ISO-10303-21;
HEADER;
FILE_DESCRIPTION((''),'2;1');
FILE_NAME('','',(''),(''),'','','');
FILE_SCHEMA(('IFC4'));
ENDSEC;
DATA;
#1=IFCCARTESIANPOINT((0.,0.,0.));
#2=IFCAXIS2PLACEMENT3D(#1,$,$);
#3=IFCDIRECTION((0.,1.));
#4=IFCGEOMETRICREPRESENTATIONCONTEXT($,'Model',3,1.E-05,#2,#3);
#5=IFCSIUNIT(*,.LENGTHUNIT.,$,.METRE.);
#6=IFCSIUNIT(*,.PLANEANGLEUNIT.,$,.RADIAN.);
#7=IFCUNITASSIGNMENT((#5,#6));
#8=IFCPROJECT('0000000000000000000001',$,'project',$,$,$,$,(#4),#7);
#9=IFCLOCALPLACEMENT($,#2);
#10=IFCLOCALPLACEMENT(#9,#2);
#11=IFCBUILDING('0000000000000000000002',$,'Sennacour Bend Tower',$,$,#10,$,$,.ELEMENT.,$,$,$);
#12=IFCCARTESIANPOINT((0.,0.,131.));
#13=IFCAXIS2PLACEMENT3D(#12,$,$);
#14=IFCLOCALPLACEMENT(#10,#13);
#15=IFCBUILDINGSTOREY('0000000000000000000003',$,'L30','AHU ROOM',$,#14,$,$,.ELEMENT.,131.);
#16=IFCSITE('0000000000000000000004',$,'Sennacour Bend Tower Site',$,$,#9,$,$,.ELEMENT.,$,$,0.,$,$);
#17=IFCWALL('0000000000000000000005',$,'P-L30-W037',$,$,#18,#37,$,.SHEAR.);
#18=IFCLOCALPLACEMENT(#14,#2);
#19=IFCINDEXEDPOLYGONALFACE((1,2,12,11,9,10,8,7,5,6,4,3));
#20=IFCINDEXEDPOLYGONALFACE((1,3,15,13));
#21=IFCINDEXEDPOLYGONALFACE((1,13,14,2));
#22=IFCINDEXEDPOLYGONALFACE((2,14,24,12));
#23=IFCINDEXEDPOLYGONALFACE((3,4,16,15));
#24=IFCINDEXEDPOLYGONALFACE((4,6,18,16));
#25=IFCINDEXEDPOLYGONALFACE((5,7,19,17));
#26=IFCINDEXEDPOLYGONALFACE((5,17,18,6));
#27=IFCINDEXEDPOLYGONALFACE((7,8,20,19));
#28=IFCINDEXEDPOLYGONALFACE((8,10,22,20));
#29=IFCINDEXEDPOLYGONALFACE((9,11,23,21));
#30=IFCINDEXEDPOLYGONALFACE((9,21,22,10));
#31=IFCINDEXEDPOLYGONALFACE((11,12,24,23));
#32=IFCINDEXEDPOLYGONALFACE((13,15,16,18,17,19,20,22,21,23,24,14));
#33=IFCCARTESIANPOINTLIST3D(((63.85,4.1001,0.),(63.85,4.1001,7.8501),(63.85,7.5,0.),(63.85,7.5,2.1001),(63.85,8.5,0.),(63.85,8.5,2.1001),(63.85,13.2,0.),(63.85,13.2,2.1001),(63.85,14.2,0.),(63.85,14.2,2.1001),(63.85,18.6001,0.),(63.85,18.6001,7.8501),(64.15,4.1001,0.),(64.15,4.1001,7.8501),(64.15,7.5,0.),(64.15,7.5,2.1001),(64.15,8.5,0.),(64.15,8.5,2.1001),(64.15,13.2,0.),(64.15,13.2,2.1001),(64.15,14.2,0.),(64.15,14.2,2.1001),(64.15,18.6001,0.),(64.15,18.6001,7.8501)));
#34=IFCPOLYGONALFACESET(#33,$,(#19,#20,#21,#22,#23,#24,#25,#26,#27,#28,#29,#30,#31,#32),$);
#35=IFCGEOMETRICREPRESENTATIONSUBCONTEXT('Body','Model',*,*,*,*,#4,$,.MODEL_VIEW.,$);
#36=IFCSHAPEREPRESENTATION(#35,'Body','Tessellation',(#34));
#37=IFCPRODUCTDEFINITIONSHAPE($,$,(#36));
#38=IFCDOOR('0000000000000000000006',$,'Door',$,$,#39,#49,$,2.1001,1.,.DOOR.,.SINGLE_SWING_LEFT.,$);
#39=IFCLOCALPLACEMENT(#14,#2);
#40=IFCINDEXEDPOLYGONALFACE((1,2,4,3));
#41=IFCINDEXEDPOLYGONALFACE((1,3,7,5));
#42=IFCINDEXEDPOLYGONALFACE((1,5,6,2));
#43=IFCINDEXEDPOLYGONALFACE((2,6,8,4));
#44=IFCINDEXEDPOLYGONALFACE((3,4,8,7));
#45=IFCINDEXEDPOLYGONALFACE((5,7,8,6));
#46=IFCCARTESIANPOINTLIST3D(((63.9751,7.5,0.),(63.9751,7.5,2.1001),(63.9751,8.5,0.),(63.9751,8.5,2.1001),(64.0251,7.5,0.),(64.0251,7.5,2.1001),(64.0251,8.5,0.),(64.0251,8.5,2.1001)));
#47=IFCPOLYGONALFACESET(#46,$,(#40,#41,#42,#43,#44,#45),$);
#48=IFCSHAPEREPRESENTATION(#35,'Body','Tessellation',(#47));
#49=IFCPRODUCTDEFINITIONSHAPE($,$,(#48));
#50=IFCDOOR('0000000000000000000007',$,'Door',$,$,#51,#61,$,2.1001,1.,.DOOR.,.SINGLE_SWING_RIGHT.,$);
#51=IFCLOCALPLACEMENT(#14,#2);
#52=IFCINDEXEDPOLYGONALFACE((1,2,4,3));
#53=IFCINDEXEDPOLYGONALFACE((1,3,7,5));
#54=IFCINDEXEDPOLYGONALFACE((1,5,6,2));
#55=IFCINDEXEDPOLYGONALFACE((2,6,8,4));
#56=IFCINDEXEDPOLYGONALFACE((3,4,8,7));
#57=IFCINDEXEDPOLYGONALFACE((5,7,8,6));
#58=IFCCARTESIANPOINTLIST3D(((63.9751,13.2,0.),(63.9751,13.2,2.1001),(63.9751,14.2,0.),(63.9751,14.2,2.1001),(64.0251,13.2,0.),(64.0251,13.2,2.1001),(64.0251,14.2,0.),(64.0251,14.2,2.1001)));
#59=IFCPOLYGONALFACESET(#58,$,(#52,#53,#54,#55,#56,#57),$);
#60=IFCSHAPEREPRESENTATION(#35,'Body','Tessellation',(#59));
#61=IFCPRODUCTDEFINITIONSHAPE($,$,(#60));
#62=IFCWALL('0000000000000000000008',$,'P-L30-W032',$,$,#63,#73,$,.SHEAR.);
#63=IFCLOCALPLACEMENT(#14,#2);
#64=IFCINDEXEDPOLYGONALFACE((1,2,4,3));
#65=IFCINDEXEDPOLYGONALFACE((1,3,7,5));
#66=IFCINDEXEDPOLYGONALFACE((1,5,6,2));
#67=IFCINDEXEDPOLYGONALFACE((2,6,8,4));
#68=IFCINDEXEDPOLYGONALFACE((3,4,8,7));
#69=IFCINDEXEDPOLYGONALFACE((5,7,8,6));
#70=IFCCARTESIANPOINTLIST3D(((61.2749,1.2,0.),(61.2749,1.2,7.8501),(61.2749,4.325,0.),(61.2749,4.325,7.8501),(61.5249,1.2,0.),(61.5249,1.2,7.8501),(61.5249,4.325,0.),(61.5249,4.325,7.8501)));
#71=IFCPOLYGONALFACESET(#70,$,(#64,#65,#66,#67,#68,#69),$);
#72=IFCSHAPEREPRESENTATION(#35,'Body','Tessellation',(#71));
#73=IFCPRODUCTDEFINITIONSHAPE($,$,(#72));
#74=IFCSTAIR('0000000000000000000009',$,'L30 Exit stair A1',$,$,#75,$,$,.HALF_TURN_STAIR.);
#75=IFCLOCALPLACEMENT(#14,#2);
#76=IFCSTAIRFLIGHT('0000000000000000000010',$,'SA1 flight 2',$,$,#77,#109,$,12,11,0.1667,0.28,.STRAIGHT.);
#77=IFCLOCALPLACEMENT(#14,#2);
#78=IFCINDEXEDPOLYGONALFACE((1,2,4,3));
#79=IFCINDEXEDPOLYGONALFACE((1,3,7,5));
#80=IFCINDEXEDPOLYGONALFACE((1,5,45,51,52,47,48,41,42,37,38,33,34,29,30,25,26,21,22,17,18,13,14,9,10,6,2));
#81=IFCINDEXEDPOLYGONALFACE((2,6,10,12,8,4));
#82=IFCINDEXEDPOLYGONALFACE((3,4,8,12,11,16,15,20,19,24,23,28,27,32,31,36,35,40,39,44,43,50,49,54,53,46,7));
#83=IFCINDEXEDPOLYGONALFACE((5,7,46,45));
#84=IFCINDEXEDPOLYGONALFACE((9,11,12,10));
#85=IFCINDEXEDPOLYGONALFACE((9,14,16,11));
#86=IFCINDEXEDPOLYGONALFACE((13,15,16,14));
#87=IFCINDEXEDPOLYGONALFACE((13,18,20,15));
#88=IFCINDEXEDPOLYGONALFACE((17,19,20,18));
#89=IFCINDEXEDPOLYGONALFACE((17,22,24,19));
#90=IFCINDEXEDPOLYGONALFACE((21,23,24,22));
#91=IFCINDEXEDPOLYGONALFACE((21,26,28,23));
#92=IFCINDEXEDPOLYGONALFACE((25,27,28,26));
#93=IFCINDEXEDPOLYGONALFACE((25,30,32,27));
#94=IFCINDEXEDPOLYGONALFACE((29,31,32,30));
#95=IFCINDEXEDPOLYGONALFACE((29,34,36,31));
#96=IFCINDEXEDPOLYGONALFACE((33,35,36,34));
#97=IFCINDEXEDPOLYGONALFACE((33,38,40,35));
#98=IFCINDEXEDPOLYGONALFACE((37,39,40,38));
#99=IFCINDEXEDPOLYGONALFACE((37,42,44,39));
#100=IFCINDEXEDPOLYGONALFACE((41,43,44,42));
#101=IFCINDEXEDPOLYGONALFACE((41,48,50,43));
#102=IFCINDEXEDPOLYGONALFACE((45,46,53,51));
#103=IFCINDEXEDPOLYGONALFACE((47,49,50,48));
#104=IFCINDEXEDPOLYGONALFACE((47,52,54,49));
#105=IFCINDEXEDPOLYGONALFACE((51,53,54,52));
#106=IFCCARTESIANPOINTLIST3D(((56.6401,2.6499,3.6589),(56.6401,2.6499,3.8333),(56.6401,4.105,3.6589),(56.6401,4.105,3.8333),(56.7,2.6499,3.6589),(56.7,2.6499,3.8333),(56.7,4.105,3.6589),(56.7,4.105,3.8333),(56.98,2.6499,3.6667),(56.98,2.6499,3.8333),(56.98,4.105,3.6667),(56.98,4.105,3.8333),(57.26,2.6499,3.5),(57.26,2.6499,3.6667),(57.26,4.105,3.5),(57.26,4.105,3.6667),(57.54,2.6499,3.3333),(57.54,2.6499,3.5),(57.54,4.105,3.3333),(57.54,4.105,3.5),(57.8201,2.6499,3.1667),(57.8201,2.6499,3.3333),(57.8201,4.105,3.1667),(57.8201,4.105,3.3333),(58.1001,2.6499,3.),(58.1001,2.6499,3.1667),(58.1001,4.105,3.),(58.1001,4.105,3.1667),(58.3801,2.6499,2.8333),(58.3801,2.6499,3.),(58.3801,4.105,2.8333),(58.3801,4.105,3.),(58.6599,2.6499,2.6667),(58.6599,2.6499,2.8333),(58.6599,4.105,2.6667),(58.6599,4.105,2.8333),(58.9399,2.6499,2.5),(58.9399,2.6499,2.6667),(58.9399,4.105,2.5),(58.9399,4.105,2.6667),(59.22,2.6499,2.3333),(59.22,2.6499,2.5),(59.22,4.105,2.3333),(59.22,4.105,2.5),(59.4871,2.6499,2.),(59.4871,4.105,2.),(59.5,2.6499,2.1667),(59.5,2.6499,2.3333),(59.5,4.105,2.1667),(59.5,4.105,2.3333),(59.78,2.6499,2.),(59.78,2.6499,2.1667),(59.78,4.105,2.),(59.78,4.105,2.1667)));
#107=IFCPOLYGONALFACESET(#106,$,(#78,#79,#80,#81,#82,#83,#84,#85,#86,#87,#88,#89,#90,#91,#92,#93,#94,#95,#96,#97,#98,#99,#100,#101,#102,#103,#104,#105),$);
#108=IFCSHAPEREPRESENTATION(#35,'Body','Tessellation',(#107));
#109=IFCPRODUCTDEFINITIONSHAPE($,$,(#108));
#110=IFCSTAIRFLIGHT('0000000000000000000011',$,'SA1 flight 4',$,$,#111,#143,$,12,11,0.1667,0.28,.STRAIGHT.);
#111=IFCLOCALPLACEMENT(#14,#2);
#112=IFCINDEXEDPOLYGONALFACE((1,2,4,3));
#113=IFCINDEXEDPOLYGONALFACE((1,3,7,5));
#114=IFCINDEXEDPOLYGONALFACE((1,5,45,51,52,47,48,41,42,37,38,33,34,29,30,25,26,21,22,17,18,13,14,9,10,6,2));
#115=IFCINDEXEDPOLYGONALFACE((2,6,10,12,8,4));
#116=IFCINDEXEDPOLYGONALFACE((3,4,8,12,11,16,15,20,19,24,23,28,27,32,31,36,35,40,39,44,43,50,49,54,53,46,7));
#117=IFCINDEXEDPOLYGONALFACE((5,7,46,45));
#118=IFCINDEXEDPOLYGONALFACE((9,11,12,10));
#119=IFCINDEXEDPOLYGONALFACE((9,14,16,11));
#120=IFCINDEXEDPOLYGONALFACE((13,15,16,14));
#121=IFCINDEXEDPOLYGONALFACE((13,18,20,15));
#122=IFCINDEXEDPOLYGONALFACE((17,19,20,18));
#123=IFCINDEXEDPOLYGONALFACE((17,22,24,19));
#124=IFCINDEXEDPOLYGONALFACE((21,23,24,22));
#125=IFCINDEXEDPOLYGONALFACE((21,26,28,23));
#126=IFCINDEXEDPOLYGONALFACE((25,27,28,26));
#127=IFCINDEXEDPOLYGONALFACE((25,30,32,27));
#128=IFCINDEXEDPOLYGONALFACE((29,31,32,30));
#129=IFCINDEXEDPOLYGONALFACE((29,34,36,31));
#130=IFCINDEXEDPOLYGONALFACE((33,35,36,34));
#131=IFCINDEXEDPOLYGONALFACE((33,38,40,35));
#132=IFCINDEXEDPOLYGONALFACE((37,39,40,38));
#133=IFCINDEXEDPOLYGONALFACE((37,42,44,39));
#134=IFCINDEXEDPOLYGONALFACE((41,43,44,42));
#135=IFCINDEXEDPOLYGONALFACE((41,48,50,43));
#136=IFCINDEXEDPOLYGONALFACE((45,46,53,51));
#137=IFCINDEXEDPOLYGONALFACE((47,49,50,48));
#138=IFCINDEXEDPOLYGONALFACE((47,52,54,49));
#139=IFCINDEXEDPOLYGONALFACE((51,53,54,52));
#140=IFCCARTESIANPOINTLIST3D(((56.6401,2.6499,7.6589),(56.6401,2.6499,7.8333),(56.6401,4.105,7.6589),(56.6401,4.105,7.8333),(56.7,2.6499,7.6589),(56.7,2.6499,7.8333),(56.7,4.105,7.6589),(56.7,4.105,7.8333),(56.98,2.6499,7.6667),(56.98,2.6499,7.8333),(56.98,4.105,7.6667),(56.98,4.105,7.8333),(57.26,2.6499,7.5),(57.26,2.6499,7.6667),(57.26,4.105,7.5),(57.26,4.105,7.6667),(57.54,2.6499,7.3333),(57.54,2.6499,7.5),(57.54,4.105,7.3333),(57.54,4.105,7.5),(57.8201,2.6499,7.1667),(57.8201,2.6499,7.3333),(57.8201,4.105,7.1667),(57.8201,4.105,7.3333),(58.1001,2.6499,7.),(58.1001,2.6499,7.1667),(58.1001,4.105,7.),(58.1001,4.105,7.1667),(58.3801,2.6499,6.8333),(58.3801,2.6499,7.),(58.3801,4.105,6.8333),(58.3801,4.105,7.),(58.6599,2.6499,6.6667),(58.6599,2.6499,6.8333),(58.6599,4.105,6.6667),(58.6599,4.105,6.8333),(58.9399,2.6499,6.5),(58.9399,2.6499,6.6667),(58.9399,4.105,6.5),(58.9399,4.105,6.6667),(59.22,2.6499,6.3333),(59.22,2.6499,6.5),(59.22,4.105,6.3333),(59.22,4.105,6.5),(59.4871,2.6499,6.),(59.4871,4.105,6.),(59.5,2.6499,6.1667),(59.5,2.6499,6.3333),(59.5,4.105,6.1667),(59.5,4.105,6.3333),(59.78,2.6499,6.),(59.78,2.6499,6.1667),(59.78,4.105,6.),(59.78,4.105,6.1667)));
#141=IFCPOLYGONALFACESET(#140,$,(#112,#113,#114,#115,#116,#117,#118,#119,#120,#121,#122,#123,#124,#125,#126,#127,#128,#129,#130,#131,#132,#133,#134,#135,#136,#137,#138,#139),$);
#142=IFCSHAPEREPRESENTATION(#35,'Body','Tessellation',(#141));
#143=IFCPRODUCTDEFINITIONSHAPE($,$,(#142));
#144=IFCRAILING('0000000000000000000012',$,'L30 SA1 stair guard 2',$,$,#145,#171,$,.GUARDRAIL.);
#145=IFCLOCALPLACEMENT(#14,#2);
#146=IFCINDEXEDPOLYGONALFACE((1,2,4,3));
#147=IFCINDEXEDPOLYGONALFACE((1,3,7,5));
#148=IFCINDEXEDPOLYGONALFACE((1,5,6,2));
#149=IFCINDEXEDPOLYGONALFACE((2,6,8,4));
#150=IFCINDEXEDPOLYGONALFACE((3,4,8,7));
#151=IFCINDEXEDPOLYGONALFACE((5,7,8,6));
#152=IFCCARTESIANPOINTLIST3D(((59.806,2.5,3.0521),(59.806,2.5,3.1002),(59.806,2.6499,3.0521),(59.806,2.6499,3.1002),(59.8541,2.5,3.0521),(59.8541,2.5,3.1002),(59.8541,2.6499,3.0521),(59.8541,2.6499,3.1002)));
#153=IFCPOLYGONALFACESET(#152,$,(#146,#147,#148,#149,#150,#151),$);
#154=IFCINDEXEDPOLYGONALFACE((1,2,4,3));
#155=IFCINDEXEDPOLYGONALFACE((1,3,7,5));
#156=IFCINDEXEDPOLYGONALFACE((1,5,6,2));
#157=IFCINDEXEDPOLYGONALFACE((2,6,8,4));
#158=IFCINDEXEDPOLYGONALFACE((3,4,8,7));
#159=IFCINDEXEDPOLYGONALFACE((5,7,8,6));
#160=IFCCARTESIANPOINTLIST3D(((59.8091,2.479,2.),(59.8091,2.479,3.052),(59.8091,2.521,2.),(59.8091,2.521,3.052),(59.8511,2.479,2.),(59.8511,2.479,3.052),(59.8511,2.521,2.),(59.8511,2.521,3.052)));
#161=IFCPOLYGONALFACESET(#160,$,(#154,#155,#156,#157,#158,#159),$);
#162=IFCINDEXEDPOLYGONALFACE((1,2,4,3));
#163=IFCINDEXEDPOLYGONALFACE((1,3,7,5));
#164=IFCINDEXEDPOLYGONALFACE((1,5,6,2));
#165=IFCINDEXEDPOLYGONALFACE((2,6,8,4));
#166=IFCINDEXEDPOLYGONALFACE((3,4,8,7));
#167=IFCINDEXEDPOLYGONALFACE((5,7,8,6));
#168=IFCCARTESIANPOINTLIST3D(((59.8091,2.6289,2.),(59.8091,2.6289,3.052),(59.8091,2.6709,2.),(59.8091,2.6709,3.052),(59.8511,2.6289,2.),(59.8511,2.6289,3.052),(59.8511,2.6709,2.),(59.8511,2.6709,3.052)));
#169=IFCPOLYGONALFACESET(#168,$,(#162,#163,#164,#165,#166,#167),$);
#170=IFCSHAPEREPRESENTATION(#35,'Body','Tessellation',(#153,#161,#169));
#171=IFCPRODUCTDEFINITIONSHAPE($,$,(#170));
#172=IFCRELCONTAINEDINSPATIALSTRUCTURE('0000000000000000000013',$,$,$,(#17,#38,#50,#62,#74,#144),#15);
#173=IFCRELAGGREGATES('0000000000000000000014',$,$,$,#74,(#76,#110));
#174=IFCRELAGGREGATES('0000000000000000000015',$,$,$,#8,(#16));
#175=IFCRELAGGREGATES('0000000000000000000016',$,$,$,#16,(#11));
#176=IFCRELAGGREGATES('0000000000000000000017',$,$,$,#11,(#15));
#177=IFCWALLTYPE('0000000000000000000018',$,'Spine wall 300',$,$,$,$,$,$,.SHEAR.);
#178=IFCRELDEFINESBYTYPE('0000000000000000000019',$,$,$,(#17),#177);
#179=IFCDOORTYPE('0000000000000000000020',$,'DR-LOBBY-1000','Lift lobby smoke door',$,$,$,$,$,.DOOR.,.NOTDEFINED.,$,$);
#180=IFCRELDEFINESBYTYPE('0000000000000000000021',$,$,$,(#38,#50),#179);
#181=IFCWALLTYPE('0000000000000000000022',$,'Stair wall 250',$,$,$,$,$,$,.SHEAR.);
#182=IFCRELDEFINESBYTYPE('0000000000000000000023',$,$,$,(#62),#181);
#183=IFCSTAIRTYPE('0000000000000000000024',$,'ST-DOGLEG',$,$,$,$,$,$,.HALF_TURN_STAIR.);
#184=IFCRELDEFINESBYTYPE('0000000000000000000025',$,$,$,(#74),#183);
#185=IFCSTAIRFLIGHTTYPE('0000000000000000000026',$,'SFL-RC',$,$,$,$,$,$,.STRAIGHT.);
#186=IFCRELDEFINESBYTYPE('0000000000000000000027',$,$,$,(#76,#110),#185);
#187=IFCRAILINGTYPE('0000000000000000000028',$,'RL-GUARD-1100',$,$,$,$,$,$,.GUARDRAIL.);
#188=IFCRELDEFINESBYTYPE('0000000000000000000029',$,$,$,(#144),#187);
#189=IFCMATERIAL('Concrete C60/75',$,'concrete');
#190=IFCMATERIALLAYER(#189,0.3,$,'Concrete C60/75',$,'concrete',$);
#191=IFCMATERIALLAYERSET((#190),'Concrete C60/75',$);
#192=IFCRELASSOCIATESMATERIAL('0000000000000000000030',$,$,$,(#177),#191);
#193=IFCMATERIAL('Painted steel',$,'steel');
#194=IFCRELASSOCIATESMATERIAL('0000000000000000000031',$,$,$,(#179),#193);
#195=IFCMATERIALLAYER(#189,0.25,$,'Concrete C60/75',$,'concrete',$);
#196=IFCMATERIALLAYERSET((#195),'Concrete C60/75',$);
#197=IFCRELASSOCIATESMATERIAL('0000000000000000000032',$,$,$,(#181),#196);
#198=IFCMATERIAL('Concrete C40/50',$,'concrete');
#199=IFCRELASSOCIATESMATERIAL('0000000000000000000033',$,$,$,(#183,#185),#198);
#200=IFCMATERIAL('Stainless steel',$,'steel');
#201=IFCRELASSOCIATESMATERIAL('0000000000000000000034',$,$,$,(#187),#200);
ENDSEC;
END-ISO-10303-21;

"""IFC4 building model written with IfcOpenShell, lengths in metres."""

from ifc_helpers import new_model, si_unit, direction, frame, frame_2d, origin, origin_2d, place, context, subcontext, project, spatial, polyline, rectangle, outline, extrude, material, layer, layer_set, type_object, element, fill, aggregate, save


model = new_model("IFC4")

# Units and contexts
model_context = context("Model", 3, precision=1e-05, world=origin(), true_north=direction((0.0, 1.0)))
body_context = subcontext(model_context, "Body", "Model", "MODEL_VIEW")
ifc_project = project(units=[si_unit("LENGTHUNIT", "METRE"), si_unit("PLANEANGLEUNIT", "RADIAN")], contexts=[model_context])

# Site, building, storey
site_placement = place(None, origin())
site = spatial("IfcSite", under=ifc_project, at=site_placement, Name="Sennacour Bend Tower Site", CompositionType="ELEMENT", RefElevation=0.0)
building_placement = place(site_placement, origin())
building = spatial("IfcBuilding", under=site, at=building_placement, Name="Sennacour Bend Tower", CompositionType="ELEMENT")
storey_placement = place(building_placement, frame((0.0, 0.0, 131.0)))
storey = spatial("IfcBuildingStorey", under=building, at=storey_placement, Name="L30", Description="AHU ROOM", CompositionType="ELEMENT", Elevation=131.0)

# Shared definitions
ifc_material_1 = material(Name="Painted steel", Category="steel")

# Shared definitions
ifc_material_2 = material(Name="Stainless steel", Category="steel")

# Wall, openings, doors
ifc_material_3 = material(Name="Concrete C60/75", Category="concrete")
ifc_layer_1 = layer(ifc_material_3, 0.3, Name="Concrete C60/75", Category="concrete")
ifc_layer_set_1 = layer_set([ifc_layer_1], Name="Concrete C60/75")
wall_type_1 = type_object("IfcWallType", Name="Spine wall 300", PredefinedType="SHEAR", material=ifc_layer_set_1)
wall_1_placement = place(storey_placement, frame((64.0, 4.1001, 0.0), z_axis=(0.0, 0.0, 1.0), x_axis=(0.0, 1.0, 0.0)))
wall_1 = element("IfcWall", 1, at=wall_1_placement, inside=storey, type_object=wall_type_1, Name="P-L30-W037", PredefinedType="SHEAR", context=body_context, shape_type="SweptSolid", body=[
    extrude(rectangle(XDim=14.5, YDim=0.3, at=frame_2d((7.25, 0.0))), origin(), (0.0, 0.0, 1.0), 7.8501),
])
opening_1_placement = place(wall_1_placement, frame((3.3999, 0.0, 0.0)))
opening_1 = element("IfcOpeningElement", 2, at=opening_1_placement, cuts=wall_1, PredefinedType="OPENING", context=body_context, shape_type="SweptSolid", body=[
    extrude(rectangle(XDim=1.0, YDim=2.1001, at=frame_2d((0.5, 1.05))), frame((0.0, 0.1602, 0.0), z_axis=(0.0, -1.0, 0.0), x_axis=(1.0, 0.0, 0.0)), (0.0, 0.0, 1.0), 0.3201),
])
opening_2_placement = place(wall_1_placement, frame((9.0999, 0.0, 0.0)))
opening_2 = element("IfcOpeningElement", 3, at=opening_2_placement, cuts=wall_1, PredefinedType="OPENING", context=body_context, shape_type="SweptSolid", body=[
    extrude(rectangle(XDim=1.0, YDim=2.1001, at=frame_2d((0.5, 1.05))), frame((0.0, 0.1602, 0.0), z_axis=(0.0, -1.0, 0.0), x_axis=(1.0, 0.0, 0.0)), (0.0, 0.0, 1.0), 0.3201),
])
door_type_1 = type_object("IfcDoorType", Name="DR-LOBBY-1000", Description="Lift lobby smoke door", OperationType="NOTDEFINED", PredefinedType="DOOR", material=ifc_material_1)
door_1_placement = place(opening_1_placement, origin())
door_1 = element("IfcDoor", 4, at=door_1_placement, inside=storey, type_object=door_type_1, Name="Door", OperationType="SINGLE_SWING_LEFT", OverallHeight=2.1001, OverallWidth=1.0, PredefinedType="DOOR", context=body_context, shape_type="SweptSolid", body=[
    extrude(rectangle(XDim=1.0, YDim=2.1001, at=frame_2d((0.5, 1.05))), frame((0.0, 0.0249, 0.0), z_axis=(0.0, -1.0, 0.0), x_axis=(1.0, 0.0, 0.0)), (0.0, 0.0, 1.0), 0.05),
])
fill(opening_1, door_1)
door_2_placement = place(opening_2_placement, origin())
door_2 = element("IfcDoor", 5, at=door_2_placement, inside=storey, type_object=door_type_1, Name="Door", OperationType="SINGLE_SWING_RIGHT", OverallHeight=2.1001, OverallWidth=1.0, PredefinedType="DOOR", context=body_context, shape_type="SweptSolid", body=[
    extrude(rectangle(XDim=1.0, YDim=2.1001, at=frame_2d((0.5, 1.05))), frame((0.0, 0.0249, 0.0), z_axis=(0.0, -1.0, 0.0), x_axis=(1.0, 0.0, 0.0)), (0.0, 0.0, 1.0), 0.05),
])
fill(opening_2, door_2)

# Wall
ifc_layer_2 = layer(ifc_material_3, 0.25, Name="Concrete C60/75", Category="concrete")
ifc_layer_set_2 = layer_set([ifc_layer_2], Name="Concrete C60/75")
wall_type_2 = type_object("IfcWallType", Name="Stair wall 250", PredefinedType="SHEAR", material=ifc_layer_set_2)
wall_2_placement = place(storey_placement, frame((61.3999, 1.2, 0.0), z_axis=(0.0, 0.0, 1.0), x_axis=(0.0, 1.0, 0.0)))
element("IfcWall", 6, at=wall_2_placement, inside=storey, type_object=wall_type_2, Name="P-L30-W032", PredefinedType="SHEAR", context=body_context, shape_type="SweptSolid", body=[
    extrude(rectangle(XDim=3.125, YDim=0.25, at=frame_2d((1.5625, 0.0))), origin(), (0.0, 0.0, 1.0), 7.8501),
])

# Stair, stair flights
ifc_material_4 = material(Name="Concrete C40/50", Category="concrete")
stair_type = type_object("IfcStairType", Name="ST-DOGLEG", PredefinedType="HALF_TURN_STAIR", material=ifc_material_4)
stair_placement = place(storey_placement, origin())
stair = element("IfcStair", 7, at=stair_placement, inside=storey, type_object=stair_type, Name="L30 Exit stair A1", PredefinedType="HALF_TURN_STAIR")
stair_flight_type = type_object("IfcStairFlightType", Name="SFL-RC", PredefinedType="STRAIGHT", material=ifc_material_4)
stair_flight_1_placement = place(storey_placement, frame((59.78, 3.3774, 2.0), z_axis=(0.0, 0.0, 1.0), x_axis=(-1.0, 0.0, 0.0)))
stair_flight_1 = element("IfcStairFlight", 8, at=stair_flight_1_placement, type_object=stair_flight_type, Name="SA1 flight 2", NumberOfRisers=12, NumberOfTreads=11, PredefinedType="STRAIGHT", RiserHeight=0.1667, TreadLength=0.28, context=body_context, shape_type="SweptSolid", body=[
    extrude(outline(polyline([(0.0, 0.0), (0.0, 0.1667), (0.28, 0.1667), (0.28, 0.3333), (0.5601, 0.3333), (0.5601, 0.5), (0.8401, 0.5), (0.8401, 0.6667), (1.1201, 0.6667), (1.1201, 0.8333), (1.3999, 0.8333), (1.3999, 1.0), (1.6799, 1.0), (1.6799, 1.1667), (1.96, 1.1667), (1.96, 1.3333), (2.24, 1.3333), (2.24, 1.5), (2.52, 1.5), (2.52, 1.6667), (2.8, 1.6667), (2.8, 1.8333), (3.0801, 1.8333), (3.1399, 1.8333), (3.1399, 1.6589), (3.0801, 1.6589), (0.293, 0.0), (0.0, 0.0)])), frame((0.0, 0.7275, 0.0), z_axis=(0.0, -1.0, 0.0), x_axis=(1.0, 0.0, 0.0)), (0.0, 0.0, 1.0), 1.4551),
])
stair_flight_2_placement = place(storey_placement, frame((59.78, 3.3774, 6.0), z_axis=(0.0, 0.0, 1.0), x_axis=(-1.0, 0.0, 0.0)))
stair_flight_2 = element("IfcStairFlight", 9, at=stair_flight_2_placement, type_object=stair_flight_type, Name="SA1 flight 4", NumberOfRisers=12, NumberOfTreads=11, PredefinedType="STRAIGHT", RiserHeight=0.1667, TreadLength=0.28, context=body_context, shape_type="SweptSolid", body=[
    extrude(outline(polyline([(0.0, 0.0), (0.0, 0.1667), (0.28, 0.1667), (0.28, 0.3333), (0.5601, 0.3333), (0.5601, 0.5), (0.8401, 0.5), (0.8401, 0.6667), (1.1201, 0.6667), (1.1201, 0.8333), (1.3999, 0.8333), (1.3999, 1.0), (1.6799, 1.0), (1.6799, 1.1667), (1.96, 1.1667), (1.96, 1.3333), (2.24, 1.3333), (2.24, 1.5), (2.52, 1.5), (2.52, 1.6667), (2.8, 1.6667), (2.8, 1.8333), (3.0801, 1.8333), (3.1399, 1.8333), (3.1399, 1.6589), (3.0801, 1.6589), (0.293, 0.0), (0.0, 0.0)])), frame((0.0, 0.7275, 0.0), z_axis=(0.0, -1.0, 0.0), x_axis=(1.0, 0.0, 0.0)), (0.0, 0.0, 1.0), 1.4551),
])
aggregate(stair, [stair_flight_1, stair_flight_2])

# Railing
railing_type_1 = type_object("IfcRailingType", Name="RL-GUARD-1100", PredefinedType="GUARDRAIL", material=ifc_material_2)
railing_1_placement = place(storey_placement, frame((59.8301, 2.5, 2.0)))
element("IfcRailing", 10, at=railing_1_placement, inside=storey, type_object=railing_type_1, Name="L30 SA1 stair guard 2", PredefinedType="GUARDRAIL", context=body_context, shape_type="SweptSolid", body=[
    extrude(rectangle(XDim=0.0481, YDim=0.0481, at=origin_2d()), frame((0.0, 0.0, 1.0762), z_axis=(0.0, 1.0, 0.0), x_axis=(-1.0, 0.0, 0.0)), (0.0, 0.0, 1.0), 0.1499),
    extrude(rectangle(XDim=0.042, YDim=0.042, at=origin_2d()), origin(), (0.0, 0.0, 1.0), 1.052),
    extrude(rectangle(XDim=0.042, YDim=0.042, at=origin_2d()), frame((0.0, 0.1499, 0.0)), (0.0, 0.0, 1.0), 1.052),
])

save(model, "model.ifc")
